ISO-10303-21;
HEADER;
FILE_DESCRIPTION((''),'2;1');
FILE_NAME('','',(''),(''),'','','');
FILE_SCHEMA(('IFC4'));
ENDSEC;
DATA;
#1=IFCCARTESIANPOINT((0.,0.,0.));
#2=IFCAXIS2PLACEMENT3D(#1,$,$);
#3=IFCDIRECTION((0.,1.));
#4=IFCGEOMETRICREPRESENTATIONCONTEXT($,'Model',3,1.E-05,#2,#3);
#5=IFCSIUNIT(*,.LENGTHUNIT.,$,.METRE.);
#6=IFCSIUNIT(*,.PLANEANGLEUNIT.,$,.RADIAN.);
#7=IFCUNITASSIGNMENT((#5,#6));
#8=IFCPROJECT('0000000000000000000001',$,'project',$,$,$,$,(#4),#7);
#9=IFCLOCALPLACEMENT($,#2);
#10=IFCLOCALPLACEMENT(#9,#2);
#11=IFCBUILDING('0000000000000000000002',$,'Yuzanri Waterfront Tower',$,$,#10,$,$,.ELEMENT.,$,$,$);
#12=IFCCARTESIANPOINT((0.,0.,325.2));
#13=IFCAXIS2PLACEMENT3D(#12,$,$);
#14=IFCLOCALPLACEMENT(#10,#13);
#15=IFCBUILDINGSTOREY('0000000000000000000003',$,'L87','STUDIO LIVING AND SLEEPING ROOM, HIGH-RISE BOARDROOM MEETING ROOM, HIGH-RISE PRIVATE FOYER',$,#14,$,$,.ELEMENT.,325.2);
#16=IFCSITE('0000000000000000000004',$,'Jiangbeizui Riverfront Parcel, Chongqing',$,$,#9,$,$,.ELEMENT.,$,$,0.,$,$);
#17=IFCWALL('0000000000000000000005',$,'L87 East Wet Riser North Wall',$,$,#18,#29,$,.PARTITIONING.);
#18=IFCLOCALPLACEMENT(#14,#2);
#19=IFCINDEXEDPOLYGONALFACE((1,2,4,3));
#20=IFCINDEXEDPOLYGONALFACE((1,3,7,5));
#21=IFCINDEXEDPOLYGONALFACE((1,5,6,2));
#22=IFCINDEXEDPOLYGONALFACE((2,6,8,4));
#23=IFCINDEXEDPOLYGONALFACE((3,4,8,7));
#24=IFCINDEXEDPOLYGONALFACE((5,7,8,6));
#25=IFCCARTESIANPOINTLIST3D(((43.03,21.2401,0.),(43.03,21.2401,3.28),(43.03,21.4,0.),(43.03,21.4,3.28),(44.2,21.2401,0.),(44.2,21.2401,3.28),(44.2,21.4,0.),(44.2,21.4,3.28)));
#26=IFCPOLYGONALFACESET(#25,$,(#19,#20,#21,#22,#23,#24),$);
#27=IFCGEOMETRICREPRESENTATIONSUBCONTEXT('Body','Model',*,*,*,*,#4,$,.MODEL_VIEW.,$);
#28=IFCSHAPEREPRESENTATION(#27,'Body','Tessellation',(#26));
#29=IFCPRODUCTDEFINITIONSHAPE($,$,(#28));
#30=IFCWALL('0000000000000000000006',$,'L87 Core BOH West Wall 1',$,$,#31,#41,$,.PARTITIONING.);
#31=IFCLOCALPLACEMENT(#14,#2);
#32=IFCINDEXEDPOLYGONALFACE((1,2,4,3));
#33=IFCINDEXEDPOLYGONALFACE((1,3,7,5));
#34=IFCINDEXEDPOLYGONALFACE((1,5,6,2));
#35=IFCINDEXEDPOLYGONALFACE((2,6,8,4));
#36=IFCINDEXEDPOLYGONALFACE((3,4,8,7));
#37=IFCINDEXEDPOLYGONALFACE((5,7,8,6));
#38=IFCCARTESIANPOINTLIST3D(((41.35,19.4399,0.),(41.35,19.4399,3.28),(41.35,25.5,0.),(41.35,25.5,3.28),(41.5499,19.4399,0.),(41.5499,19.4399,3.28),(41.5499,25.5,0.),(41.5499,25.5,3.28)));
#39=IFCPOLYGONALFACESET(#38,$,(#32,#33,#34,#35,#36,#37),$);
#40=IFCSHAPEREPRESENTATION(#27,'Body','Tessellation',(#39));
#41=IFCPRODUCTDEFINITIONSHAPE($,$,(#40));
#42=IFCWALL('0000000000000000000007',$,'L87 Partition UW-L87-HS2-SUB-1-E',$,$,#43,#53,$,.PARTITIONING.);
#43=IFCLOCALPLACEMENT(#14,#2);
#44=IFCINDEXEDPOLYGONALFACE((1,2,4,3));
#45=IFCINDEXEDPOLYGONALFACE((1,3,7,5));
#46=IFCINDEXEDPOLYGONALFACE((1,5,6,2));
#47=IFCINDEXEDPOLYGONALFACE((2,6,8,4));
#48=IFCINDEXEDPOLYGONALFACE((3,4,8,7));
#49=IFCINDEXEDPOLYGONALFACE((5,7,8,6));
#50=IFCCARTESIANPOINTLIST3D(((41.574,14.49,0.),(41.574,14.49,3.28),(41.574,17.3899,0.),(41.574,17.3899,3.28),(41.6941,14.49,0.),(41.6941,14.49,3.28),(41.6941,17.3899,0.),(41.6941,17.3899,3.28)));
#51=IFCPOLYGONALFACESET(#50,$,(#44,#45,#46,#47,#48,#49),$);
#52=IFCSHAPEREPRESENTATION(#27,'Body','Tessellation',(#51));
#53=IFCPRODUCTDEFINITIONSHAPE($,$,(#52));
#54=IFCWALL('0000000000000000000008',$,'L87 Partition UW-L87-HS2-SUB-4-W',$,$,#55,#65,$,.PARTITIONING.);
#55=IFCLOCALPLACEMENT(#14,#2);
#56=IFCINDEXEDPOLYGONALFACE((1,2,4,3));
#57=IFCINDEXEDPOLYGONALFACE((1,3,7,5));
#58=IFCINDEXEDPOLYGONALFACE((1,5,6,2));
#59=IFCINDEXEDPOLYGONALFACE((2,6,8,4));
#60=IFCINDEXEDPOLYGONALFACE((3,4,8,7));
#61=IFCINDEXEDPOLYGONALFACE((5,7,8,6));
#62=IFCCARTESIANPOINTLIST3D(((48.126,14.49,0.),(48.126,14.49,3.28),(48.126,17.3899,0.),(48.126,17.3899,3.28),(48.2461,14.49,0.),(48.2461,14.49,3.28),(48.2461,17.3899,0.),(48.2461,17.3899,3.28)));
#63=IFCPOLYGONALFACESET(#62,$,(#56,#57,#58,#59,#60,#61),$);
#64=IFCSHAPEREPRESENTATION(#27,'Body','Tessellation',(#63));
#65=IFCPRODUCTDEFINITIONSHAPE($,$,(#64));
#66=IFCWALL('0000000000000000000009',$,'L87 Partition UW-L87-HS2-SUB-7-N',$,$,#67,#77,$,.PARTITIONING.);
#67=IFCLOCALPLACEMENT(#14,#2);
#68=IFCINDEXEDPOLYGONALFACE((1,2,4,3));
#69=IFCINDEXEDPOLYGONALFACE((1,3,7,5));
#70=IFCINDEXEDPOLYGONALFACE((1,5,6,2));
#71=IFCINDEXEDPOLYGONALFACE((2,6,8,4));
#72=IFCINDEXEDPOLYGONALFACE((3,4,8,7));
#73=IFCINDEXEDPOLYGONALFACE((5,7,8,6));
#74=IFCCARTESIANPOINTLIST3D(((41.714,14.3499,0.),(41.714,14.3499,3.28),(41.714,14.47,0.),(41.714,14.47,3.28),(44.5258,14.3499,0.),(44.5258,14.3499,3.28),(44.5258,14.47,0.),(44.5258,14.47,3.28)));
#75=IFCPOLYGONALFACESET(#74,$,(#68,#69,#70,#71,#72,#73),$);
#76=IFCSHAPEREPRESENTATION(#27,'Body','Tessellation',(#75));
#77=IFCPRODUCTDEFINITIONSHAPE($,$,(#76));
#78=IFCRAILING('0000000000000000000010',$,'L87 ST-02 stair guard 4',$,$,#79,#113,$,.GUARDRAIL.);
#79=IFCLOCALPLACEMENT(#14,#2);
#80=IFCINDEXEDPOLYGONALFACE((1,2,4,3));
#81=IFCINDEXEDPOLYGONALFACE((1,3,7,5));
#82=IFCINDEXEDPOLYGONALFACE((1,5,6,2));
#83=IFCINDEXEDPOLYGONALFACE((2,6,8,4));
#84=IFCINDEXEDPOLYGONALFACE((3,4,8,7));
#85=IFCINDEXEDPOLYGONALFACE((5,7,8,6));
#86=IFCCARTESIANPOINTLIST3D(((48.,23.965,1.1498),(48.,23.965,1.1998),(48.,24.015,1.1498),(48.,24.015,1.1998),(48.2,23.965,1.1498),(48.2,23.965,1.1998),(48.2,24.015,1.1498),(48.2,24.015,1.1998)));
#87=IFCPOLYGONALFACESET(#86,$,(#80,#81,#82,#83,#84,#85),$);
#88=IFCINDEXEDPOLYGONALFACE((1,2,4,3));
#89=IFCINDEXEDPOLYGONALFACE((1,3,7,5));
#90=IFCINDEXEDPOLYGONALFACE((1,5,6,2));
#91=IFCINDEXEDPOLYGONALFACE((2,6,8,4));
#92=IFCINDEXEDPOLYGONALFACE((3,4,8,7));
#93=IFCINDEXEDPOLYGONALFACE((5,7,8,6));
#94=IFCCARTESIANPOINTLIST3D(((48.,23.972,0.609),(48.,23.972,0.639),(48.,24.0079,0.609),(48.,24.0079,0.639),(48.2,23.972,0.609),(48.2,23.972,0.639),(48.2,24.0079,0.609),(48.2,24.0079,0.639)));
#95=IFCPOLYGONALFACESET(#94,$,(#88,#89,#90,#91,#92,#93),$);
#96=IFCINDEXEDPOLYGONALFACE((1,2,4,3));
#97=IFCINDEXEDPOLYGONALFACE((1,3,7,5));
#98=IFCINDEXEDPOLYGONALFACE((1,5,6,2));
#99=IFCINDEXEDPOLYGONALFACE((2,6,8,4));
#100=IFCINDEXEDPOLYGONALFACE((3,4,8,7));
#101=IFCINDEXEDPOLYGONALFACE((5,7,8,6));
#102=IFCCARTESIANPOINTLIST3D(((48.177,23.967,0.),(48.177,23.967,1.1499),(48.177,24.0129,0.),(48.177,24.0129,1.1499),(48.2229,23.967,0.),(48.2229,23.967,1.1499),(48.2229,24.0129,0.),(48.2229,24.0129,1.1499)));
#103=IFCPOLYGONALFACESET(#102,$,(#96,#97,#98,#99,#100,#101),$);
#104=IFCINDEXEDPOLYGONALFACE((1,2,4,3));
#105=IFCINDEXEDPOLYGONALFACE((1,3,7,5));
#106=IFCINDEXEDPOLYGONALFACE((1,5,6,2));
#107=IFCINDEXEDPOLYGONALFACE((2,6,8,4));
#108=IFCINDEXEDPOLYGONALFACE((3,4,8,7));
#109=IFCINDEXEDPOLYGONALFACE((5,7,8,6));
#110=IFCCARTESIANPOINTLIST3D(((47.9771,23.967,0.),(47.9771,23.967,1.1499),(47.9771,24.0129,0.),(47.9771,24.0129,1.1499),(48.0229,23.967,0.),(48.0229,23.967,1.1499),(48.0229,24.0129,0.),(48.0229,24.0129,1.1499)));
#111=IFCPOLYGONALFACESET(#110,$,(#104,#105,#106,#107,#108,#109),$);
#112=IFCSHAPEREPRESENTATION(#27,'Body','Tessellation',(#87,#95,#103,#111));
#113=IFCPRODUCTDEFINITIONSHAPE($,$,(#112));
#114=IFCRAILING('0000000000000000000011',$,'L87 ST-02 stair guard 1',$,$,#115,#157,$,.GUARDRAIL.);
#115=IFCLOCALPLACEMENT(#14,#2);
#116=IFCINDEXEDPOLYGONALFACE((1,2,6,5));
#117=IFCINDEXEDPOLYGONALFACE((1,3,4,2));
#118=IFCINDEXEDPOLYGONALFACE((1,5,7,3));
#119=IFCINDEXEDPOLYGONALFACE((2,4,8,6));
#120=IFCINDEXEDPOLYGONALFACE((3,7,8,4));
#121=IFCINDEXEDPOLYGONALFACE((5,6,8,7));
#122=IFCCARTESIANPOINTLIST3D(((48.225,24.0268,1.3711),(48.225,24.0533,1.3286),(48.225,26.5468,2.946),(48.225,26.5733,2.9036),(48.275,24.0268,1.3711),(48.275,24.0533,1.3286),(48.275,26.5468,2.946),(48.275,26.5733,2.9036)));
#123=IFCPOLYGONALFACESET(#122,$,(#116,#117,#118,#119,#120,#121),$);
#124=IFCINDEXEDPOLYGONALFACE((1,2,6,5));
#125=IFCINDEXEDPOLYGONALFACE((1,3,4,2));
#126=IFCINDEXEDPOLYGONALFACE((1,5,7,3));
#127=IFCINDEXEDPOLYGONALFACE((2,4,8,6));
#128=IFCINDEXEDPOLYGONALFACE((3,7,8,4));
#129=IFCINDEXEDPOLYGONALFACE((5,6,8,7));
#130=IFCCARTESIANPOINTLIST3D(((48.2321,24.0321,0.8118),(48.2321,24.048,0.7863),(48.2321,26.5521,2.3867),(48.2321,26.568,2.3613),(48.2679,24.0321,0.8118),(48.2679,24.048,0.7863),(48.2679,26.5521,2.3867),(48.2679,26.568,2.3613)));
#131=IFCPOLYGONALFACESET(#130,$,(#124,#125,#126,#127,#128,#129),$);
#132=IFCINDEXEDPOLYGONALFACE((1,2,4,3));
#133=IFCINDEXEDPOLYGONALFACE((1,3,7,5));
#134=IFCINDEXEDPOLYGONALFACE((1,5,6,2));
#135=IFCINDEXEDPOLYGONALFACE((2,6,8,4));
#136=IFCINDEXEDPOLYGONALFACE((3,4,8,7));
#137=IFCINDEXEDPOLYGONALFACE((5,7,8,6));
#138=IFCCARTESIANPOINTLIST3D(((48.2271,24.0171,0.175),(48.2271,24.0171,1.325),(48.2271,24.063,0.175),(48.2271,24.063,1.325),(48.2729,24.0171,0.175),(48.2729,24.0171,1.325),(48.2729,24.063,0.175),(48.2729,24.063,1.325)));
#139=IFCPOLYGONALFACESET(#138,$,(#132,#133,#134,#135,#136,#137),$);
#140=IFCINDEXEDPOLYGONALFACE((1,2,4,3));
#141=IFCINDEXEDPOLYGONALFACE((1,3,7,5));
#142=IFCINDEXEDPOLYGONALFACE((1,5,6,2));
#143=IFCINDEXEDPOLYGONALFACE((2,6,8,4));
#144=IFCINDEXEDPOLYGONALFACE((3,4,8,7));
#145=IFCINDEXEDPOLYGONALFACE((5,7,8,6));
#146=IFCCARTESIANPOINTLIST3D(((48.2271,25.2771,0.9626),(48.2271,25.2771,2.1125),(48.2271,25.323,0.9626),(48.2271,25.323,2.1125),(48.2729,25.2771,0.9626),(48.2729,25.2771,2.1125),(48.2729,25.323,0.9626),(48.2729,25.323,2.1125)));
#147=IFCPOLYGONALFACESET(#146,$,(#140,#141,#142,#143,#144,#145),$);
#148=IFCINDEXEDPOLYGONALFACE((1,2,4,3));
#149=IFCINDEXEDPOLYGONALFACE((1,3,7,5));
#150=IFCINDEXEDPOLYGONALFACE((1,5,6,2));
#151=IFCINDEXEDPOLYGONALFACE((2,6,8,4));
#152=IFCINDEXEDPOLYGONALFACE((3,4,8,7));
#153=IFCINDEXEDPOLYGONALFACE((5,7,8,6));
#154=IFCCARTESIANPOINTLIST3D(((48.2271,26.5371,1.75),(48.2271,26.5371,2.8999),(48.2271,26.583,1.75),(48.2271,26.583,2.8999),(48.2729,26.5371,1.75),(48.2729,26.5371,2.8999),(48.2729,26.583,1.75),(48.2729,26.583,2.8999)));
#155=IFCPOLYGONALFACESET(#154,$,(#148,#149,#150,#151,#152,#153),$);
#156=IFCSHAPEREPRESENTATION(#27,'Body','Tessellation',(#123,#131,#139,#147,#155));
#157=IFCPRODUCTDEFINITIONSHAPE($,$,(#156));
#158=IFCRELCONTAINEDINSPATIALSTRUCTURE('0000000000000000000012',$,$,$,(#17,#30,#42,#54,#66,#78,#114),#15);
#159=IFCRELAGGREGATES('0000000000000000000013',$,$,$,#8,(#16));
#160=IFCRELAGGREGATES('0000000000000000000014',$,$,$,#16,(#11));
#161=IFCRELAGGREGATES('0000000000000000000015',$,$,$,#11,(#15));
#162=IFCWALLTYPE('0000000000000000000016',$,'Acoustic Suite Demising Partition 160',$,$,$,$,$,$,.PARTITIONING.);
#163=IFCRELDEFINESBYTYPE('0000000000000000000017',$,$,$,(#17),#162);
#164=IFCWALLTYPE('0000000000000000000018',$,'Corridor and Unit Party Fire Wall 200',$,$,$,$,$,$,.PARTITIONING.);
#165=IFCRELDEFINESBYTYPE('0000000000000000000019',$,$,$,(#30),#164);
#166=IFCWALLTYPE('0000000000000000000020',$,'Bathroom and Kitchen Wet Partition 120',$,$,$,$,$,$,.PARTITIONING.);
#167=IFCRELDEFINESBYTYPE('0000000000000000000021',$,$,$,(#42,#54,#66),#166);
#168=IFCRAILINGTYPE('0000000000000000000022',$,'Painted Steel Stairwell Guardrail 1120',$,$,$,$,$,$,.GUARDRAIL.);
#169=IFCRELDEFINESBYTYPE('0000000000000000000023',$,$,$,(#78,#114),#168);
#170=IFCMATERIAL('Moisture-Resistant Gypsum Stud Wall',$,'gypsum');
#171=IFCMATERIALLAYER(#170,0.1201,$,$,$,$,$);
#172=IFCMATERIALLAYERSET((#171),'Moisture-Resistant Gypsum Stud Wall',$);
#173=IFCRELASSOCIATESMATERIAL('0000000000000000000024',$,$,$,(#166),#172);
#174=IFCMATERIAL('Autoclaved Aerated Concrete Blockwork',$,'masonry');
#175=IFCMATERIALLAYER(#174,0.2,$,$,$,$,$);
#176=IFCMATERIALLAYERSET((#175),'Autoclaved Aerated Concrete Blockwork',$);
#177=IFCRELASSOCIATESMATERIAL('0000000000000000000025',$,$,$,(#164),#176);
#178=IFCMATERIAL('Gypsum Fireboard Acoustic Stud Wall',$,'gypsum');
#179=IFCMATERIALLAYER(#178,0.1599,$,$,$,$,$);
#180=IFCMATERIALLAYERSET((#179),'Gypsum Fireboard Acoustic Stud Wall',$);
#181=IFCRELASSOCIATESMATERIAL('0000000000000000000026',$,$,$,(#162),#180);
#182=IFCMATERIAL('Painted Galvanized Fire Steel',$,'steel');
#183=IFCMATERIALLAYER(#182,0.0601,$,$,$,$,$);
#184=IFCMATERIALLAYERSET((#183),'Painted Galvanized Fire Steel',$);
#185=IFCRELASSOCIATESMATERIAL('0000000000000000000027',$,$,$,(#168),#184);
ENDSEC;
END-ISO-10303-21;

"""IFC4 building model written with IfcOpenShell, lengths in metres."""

from ifc_helpers import new_model, si_unit, direction, frame, frame_2d, origin, origin_2d, place, context, subcontext, project, spatial, rectangle, extrude, source, transform, mapped, material, layer, layer_set, type_object, element, save


model = new_model("IFC4")

# Units and contexts
model_context = context("Model", 3, precision=1e-05, world=origin(), true_north=direction((0.0, 1.0)))
body_context = subcontext(model_context, "Body", "Model", "MODEL_VIEW")
ifc_project = project(units=[si_unit("LENGTHUNIT", "METRE"), si_unit("PLANEANGLEUNIT", "RADIAN")], contexts=[model_context])

# Site, building, storey
site_placement = place(None, origin())
site = spatial("IfcSite", under=ifc_project, at=site_placement, Name="Jiangbeizui Riverfront Parcel, Chongqing", CompositionType="ELEMENT", RefElevation=0.0)
building_placement = place(site_placement, origin())
building = spatial("IfcBuilding", under=site, at=building_placement, Name="Yuzanri Waterfront Tower", CompositionType="ELEMENT")
storey_placement = place(building_placement, frame((0.0, 0.0, 325.2)))
storey = spatial("IfcBuildingStorey", under=building, at=storey_placement, Name="L87", Description="STUDIO LIVING AND SLEEPING ROOM, HIGH-RISE BOARDROOM MEETING ROOM, HIGH-RISE PRIVATE FOYER", CompositionType="ELEMENT", Elevation=325.2)

# Shared definitions
ifc_material_1 = material(Name="Moisture-Resistant Gypsum Stud Wall", Category="gypsum")
ifc_layer_1 = layer(ifc_material_1, 0.1201)
ifc_layer_set_1 = layer_set([ifc_layer_1], Name="Moisture-Resistant Gypsum Stud Wall")
wall_type_1 = type_object("IfcWallType", Name="Bathroom and Kitchen Wet Partition 120", PredefinedType="PARTITIONING", material=ifc_layer_set_1)

# Shared definitions
ifc_material_2 = material(Name="Autoclaved Aerated Concrete Blockwork", Category="masonry")
ifc_layer_2 = layer(ifc_material_2, 0.2)
ifc_layer_set_2 = layer_set([ifc_layer_2], Name="Autoclaved Aerated Concrete Blockwork")
wall_type_2 = type_object("IfcWallType", Name="Corridor and Unit Party Fire Wall 200", PredefinedType="PARTITIONING", material=ifc_layer_set_2)

# Walls
ifc_material_3 = material(Name="Gypsum Fireboard Acoustic Stud Wall", Category="gypsum")
ifc_layer_3 = layer(ifc_material_3, 0.1599)
ifc_layer_set_3 = layer_set([ifc_layer_3], Name="Gypsum Fireboard Acoustic Stud Wall")
wall_type_3 = type_object("IfcWallType", Name="Acoustic Suite Demising Partition 160", PredefinedType="PARTITIONING", material=ifc_layer_set_3)
shared_shape_1 = source(origin(), body_context, "Body", "SweptSolid", [
    extrude(rectangle(XDim=1.1699, YDim=0.1599, at=frame_2d((0.585, 0.0))), origin(), (0.0, 0.0, 1.0), 3.28),
])
wall_1_placement = place(storey_placement, frame((43.03, 21.3201, 0.0), z_axis=(0.0, 0.0, 1.0), x_axis=(1.0, 0.0, 0.0)))
element("IfcWall", 1, at=wall_1_placement, inside=storey, type_object=wall_type_3, Name="L87 East Wet Riser North Wall", PredefinedType="PARTITIONING", context=body_context, shape_type="MappedRepresentation", body=[
    mapped(shared_shape_1, transform((0.0, 0.0, 0.0), scale=1.0)),
])
shared_shape_2 = source(origin(), body_context, "Body", "SweptSolid", [
    extrude(rectangle(XDim=6.0601, YDim=0.2, at=frame_2d((3.03, 0.0))), origin(), (0.0, 0.0, 1.0), 3.28),
])
wall_2_placement = place(storey_placement, frame((41.45, 19.4399, 0.0), z_axis=(0.0, 0.0, 1.0), x_axis=(0.0, 1.0, 0.0)))
element("IfcWall", 2, at=wall_2_placement, inside=storey, type_object=wall_type_2, Name="L87 Core BOH West Wall 1", PredefinedType="PARTITIONING", context=body_context, shape_type="MappedRepresentation", body=[
    mapped(shared_shape_2, transform((0.0, 0.0, 0.0), scale=1.0)),
])
shared_shape_3 = source(origin(), body_context, "Body", "SweptSolid", [
    extrude(rectangle(XDim=2.8999, YDim=0.1201, at=frame_2d((1.45, 0.0))), origin(), (0.0, 0.0, 1.0), 3.28),
])
for number, where, z_axis, x_axis, name in (
    (3, (41.634, 14.49, 0.0), (0.0, 0.0, 1.0), (0.0, 1.0, 0.0), "L87 Partition UW-L87-HS2-SUB-1-E"),
    (4, (48.186, 14.49, 0.0), (0.0, 0.0, 1.0), (0.0, 1.0, 0.0), "L87 Partition UW-L87-HS2-SUB-4-W"),
):
    element("IfcWall", number, at=place(storey_placement, frame(where, z_axis=z_axis, x_axis=x_axis)), inside=storey, type_object=wall_type_1, Name=name, PredefinedType="PARTITIONING", context=body_context, shape_type="MappedRepresentation", body=[
        mapped(shared_shape_3, transform((0.0, 0.0, 0.0), scale=1.0)),
    ])
shared_shape_4 = source(origin(), body_context, "Body", "SweptSolid", [
    extrude(rectangle(XDim=2.8118, YDim=0.1201, at=frame_2d((1.4058, 0.0))), origin(), (0.0, 0.0, 1.0), 3.28),
])
wall_3_placement = place(storey_placement, frame((41.7141, 14.4099, 0.0), z_axis=(0.0, 0.0, 1.0), x_axis=(1.0, 0.0, 0.0)))
element("IfcWall", 5, at=wall_3_placement, inside=storey, type_object=wall_type_1, Name="L87 Partition UW-L87-HS2-SUB-7-N", PredefinedType="PARTITIONING", context=body_context, shape_type="MappedRepresentation", body=[
    mapped(shared_shape_4, transform((0.0, 0.0, 0.0), scale=1.0)),
])

# Railings
ifc_material_4 = material(Name="Painted Galvanized Fire Steel", Category="steel")
ifc_layer_4 = layer(ifc_material_4, 0.0601)
ifc_layer_set_4 = layer_set([ifc_layer_4], Name="Painted Galvanized Fire Steel")
railing_type = type_object("IfcRailingType", Name="Painted Steel Stairwell Guardrail 1120", PredefinedType="GUARDRAIL", material=ifc_layer_set_4)
shared_shape_5 = source(origin(), body_context, "Body", "SweptSolid", [
    extrude(rectangle(XDim=0.05, YDim=0.05, at=origin_2d()), frame((0.0, 0.0, 1.1748), z_axis=(-1.0, 0.0, 0.0), x_axis=(0.0, -1.0, 0.0)), (0.0, 0.0, 1.0), 0.2),
    extrude(rectangle(XDim=0.0359, YDim=0.03, at=origin_2d()), frame((0.0, 0.0, 0.624), z_axis=(-1.0, 0.0, 0.0), x_axis=(0.0, -1.0, 0.0)), (0.0, 0.0, 1.0), 0.2),
    extrude(rectangle(XDim=0.0459, YDim=0.0459, at=origin_2d()), origin(), (0.0, 0.0, 1.0), 1.1499),
    extrude(rectangle(XDim=0.0459, YDim=0.0459, at=origin_2d()), frame((-0.2, 0.0, 0.0)), (0.0, 0.0, 1.0), 1.1499),
])
railing_1_placement = place(storey_placement, frame((48.2, 23.99, 0.0)))
element("IfcRailing", 6, at=railing_1_placement, inside=storey, type_object=railing_type, Name="L87 ST-02 stair guard 4", PredefinedType="GUARDRAIL", context=body_context, shape_type="MappedRepresentation", body=[
    mapped(shared_shape_5, transform((0.0, 0.0, 0.0), scale=1.0)),
])
shared_shape_6 = source(origin(), body_context, "Body", "SweptSolid", [
    extrude(rectangle(XDim=0.05, YDim=0.05, at=origin_2d()), frame((0.0, 0.0, 1.1748), z_axis=(0.0, 0.848008, 0.529984), x_axis=(-1.0, 0.0, 0.0)), (0.0, 0.0, 1.0), 2.9717),
    extrude(rectangle(XDim=0.0359, YDim=0.03, at=origin_2d()), frame((0.0, 0.0, 0.624), z_axis=(0.0, 0.848008, 0.529984), x_axis=(-1.0, 0.0, 0.0)), (0.0, 0.0, 1.0), 2.9717),
    extrude(rectangle(XDim=0.0459, YDim=0.0459, at=origin_2d()), origin(), (0.0, 0.0, 1.0), 1.1499),
    extrude(rectangle(XDim=0.0459, YDim=0.0459, at=origin_2d()), frame((0.0, 1.26, 0.7876)), (0.0, 0.0, 1.0), 1.1499),
    extrude(rectangle(XDim=0.0459, YDim=0.0459, at=origin_2d()), frame((0.0, 2.52, 1.575)), (0.0, 0.0, 1.0), 1.1499),
])
railing_2_placement = place(storey_placement, frame((48.25, 24.04, 0.175)))
element("IfcRailing", 7, at=railing_2_placement, inside=storey, type_object=railing_type, Name="L87 ST-02 stair guard 1", PredefinedType="GUARDRAIL", context=body_context, shape_type="MappedRepresentation", body=[
    mapped(shared_shape_6, transform((0.0, 0.0, 0.0), scale=1.0)),
])

save(model, "model.ifc")
